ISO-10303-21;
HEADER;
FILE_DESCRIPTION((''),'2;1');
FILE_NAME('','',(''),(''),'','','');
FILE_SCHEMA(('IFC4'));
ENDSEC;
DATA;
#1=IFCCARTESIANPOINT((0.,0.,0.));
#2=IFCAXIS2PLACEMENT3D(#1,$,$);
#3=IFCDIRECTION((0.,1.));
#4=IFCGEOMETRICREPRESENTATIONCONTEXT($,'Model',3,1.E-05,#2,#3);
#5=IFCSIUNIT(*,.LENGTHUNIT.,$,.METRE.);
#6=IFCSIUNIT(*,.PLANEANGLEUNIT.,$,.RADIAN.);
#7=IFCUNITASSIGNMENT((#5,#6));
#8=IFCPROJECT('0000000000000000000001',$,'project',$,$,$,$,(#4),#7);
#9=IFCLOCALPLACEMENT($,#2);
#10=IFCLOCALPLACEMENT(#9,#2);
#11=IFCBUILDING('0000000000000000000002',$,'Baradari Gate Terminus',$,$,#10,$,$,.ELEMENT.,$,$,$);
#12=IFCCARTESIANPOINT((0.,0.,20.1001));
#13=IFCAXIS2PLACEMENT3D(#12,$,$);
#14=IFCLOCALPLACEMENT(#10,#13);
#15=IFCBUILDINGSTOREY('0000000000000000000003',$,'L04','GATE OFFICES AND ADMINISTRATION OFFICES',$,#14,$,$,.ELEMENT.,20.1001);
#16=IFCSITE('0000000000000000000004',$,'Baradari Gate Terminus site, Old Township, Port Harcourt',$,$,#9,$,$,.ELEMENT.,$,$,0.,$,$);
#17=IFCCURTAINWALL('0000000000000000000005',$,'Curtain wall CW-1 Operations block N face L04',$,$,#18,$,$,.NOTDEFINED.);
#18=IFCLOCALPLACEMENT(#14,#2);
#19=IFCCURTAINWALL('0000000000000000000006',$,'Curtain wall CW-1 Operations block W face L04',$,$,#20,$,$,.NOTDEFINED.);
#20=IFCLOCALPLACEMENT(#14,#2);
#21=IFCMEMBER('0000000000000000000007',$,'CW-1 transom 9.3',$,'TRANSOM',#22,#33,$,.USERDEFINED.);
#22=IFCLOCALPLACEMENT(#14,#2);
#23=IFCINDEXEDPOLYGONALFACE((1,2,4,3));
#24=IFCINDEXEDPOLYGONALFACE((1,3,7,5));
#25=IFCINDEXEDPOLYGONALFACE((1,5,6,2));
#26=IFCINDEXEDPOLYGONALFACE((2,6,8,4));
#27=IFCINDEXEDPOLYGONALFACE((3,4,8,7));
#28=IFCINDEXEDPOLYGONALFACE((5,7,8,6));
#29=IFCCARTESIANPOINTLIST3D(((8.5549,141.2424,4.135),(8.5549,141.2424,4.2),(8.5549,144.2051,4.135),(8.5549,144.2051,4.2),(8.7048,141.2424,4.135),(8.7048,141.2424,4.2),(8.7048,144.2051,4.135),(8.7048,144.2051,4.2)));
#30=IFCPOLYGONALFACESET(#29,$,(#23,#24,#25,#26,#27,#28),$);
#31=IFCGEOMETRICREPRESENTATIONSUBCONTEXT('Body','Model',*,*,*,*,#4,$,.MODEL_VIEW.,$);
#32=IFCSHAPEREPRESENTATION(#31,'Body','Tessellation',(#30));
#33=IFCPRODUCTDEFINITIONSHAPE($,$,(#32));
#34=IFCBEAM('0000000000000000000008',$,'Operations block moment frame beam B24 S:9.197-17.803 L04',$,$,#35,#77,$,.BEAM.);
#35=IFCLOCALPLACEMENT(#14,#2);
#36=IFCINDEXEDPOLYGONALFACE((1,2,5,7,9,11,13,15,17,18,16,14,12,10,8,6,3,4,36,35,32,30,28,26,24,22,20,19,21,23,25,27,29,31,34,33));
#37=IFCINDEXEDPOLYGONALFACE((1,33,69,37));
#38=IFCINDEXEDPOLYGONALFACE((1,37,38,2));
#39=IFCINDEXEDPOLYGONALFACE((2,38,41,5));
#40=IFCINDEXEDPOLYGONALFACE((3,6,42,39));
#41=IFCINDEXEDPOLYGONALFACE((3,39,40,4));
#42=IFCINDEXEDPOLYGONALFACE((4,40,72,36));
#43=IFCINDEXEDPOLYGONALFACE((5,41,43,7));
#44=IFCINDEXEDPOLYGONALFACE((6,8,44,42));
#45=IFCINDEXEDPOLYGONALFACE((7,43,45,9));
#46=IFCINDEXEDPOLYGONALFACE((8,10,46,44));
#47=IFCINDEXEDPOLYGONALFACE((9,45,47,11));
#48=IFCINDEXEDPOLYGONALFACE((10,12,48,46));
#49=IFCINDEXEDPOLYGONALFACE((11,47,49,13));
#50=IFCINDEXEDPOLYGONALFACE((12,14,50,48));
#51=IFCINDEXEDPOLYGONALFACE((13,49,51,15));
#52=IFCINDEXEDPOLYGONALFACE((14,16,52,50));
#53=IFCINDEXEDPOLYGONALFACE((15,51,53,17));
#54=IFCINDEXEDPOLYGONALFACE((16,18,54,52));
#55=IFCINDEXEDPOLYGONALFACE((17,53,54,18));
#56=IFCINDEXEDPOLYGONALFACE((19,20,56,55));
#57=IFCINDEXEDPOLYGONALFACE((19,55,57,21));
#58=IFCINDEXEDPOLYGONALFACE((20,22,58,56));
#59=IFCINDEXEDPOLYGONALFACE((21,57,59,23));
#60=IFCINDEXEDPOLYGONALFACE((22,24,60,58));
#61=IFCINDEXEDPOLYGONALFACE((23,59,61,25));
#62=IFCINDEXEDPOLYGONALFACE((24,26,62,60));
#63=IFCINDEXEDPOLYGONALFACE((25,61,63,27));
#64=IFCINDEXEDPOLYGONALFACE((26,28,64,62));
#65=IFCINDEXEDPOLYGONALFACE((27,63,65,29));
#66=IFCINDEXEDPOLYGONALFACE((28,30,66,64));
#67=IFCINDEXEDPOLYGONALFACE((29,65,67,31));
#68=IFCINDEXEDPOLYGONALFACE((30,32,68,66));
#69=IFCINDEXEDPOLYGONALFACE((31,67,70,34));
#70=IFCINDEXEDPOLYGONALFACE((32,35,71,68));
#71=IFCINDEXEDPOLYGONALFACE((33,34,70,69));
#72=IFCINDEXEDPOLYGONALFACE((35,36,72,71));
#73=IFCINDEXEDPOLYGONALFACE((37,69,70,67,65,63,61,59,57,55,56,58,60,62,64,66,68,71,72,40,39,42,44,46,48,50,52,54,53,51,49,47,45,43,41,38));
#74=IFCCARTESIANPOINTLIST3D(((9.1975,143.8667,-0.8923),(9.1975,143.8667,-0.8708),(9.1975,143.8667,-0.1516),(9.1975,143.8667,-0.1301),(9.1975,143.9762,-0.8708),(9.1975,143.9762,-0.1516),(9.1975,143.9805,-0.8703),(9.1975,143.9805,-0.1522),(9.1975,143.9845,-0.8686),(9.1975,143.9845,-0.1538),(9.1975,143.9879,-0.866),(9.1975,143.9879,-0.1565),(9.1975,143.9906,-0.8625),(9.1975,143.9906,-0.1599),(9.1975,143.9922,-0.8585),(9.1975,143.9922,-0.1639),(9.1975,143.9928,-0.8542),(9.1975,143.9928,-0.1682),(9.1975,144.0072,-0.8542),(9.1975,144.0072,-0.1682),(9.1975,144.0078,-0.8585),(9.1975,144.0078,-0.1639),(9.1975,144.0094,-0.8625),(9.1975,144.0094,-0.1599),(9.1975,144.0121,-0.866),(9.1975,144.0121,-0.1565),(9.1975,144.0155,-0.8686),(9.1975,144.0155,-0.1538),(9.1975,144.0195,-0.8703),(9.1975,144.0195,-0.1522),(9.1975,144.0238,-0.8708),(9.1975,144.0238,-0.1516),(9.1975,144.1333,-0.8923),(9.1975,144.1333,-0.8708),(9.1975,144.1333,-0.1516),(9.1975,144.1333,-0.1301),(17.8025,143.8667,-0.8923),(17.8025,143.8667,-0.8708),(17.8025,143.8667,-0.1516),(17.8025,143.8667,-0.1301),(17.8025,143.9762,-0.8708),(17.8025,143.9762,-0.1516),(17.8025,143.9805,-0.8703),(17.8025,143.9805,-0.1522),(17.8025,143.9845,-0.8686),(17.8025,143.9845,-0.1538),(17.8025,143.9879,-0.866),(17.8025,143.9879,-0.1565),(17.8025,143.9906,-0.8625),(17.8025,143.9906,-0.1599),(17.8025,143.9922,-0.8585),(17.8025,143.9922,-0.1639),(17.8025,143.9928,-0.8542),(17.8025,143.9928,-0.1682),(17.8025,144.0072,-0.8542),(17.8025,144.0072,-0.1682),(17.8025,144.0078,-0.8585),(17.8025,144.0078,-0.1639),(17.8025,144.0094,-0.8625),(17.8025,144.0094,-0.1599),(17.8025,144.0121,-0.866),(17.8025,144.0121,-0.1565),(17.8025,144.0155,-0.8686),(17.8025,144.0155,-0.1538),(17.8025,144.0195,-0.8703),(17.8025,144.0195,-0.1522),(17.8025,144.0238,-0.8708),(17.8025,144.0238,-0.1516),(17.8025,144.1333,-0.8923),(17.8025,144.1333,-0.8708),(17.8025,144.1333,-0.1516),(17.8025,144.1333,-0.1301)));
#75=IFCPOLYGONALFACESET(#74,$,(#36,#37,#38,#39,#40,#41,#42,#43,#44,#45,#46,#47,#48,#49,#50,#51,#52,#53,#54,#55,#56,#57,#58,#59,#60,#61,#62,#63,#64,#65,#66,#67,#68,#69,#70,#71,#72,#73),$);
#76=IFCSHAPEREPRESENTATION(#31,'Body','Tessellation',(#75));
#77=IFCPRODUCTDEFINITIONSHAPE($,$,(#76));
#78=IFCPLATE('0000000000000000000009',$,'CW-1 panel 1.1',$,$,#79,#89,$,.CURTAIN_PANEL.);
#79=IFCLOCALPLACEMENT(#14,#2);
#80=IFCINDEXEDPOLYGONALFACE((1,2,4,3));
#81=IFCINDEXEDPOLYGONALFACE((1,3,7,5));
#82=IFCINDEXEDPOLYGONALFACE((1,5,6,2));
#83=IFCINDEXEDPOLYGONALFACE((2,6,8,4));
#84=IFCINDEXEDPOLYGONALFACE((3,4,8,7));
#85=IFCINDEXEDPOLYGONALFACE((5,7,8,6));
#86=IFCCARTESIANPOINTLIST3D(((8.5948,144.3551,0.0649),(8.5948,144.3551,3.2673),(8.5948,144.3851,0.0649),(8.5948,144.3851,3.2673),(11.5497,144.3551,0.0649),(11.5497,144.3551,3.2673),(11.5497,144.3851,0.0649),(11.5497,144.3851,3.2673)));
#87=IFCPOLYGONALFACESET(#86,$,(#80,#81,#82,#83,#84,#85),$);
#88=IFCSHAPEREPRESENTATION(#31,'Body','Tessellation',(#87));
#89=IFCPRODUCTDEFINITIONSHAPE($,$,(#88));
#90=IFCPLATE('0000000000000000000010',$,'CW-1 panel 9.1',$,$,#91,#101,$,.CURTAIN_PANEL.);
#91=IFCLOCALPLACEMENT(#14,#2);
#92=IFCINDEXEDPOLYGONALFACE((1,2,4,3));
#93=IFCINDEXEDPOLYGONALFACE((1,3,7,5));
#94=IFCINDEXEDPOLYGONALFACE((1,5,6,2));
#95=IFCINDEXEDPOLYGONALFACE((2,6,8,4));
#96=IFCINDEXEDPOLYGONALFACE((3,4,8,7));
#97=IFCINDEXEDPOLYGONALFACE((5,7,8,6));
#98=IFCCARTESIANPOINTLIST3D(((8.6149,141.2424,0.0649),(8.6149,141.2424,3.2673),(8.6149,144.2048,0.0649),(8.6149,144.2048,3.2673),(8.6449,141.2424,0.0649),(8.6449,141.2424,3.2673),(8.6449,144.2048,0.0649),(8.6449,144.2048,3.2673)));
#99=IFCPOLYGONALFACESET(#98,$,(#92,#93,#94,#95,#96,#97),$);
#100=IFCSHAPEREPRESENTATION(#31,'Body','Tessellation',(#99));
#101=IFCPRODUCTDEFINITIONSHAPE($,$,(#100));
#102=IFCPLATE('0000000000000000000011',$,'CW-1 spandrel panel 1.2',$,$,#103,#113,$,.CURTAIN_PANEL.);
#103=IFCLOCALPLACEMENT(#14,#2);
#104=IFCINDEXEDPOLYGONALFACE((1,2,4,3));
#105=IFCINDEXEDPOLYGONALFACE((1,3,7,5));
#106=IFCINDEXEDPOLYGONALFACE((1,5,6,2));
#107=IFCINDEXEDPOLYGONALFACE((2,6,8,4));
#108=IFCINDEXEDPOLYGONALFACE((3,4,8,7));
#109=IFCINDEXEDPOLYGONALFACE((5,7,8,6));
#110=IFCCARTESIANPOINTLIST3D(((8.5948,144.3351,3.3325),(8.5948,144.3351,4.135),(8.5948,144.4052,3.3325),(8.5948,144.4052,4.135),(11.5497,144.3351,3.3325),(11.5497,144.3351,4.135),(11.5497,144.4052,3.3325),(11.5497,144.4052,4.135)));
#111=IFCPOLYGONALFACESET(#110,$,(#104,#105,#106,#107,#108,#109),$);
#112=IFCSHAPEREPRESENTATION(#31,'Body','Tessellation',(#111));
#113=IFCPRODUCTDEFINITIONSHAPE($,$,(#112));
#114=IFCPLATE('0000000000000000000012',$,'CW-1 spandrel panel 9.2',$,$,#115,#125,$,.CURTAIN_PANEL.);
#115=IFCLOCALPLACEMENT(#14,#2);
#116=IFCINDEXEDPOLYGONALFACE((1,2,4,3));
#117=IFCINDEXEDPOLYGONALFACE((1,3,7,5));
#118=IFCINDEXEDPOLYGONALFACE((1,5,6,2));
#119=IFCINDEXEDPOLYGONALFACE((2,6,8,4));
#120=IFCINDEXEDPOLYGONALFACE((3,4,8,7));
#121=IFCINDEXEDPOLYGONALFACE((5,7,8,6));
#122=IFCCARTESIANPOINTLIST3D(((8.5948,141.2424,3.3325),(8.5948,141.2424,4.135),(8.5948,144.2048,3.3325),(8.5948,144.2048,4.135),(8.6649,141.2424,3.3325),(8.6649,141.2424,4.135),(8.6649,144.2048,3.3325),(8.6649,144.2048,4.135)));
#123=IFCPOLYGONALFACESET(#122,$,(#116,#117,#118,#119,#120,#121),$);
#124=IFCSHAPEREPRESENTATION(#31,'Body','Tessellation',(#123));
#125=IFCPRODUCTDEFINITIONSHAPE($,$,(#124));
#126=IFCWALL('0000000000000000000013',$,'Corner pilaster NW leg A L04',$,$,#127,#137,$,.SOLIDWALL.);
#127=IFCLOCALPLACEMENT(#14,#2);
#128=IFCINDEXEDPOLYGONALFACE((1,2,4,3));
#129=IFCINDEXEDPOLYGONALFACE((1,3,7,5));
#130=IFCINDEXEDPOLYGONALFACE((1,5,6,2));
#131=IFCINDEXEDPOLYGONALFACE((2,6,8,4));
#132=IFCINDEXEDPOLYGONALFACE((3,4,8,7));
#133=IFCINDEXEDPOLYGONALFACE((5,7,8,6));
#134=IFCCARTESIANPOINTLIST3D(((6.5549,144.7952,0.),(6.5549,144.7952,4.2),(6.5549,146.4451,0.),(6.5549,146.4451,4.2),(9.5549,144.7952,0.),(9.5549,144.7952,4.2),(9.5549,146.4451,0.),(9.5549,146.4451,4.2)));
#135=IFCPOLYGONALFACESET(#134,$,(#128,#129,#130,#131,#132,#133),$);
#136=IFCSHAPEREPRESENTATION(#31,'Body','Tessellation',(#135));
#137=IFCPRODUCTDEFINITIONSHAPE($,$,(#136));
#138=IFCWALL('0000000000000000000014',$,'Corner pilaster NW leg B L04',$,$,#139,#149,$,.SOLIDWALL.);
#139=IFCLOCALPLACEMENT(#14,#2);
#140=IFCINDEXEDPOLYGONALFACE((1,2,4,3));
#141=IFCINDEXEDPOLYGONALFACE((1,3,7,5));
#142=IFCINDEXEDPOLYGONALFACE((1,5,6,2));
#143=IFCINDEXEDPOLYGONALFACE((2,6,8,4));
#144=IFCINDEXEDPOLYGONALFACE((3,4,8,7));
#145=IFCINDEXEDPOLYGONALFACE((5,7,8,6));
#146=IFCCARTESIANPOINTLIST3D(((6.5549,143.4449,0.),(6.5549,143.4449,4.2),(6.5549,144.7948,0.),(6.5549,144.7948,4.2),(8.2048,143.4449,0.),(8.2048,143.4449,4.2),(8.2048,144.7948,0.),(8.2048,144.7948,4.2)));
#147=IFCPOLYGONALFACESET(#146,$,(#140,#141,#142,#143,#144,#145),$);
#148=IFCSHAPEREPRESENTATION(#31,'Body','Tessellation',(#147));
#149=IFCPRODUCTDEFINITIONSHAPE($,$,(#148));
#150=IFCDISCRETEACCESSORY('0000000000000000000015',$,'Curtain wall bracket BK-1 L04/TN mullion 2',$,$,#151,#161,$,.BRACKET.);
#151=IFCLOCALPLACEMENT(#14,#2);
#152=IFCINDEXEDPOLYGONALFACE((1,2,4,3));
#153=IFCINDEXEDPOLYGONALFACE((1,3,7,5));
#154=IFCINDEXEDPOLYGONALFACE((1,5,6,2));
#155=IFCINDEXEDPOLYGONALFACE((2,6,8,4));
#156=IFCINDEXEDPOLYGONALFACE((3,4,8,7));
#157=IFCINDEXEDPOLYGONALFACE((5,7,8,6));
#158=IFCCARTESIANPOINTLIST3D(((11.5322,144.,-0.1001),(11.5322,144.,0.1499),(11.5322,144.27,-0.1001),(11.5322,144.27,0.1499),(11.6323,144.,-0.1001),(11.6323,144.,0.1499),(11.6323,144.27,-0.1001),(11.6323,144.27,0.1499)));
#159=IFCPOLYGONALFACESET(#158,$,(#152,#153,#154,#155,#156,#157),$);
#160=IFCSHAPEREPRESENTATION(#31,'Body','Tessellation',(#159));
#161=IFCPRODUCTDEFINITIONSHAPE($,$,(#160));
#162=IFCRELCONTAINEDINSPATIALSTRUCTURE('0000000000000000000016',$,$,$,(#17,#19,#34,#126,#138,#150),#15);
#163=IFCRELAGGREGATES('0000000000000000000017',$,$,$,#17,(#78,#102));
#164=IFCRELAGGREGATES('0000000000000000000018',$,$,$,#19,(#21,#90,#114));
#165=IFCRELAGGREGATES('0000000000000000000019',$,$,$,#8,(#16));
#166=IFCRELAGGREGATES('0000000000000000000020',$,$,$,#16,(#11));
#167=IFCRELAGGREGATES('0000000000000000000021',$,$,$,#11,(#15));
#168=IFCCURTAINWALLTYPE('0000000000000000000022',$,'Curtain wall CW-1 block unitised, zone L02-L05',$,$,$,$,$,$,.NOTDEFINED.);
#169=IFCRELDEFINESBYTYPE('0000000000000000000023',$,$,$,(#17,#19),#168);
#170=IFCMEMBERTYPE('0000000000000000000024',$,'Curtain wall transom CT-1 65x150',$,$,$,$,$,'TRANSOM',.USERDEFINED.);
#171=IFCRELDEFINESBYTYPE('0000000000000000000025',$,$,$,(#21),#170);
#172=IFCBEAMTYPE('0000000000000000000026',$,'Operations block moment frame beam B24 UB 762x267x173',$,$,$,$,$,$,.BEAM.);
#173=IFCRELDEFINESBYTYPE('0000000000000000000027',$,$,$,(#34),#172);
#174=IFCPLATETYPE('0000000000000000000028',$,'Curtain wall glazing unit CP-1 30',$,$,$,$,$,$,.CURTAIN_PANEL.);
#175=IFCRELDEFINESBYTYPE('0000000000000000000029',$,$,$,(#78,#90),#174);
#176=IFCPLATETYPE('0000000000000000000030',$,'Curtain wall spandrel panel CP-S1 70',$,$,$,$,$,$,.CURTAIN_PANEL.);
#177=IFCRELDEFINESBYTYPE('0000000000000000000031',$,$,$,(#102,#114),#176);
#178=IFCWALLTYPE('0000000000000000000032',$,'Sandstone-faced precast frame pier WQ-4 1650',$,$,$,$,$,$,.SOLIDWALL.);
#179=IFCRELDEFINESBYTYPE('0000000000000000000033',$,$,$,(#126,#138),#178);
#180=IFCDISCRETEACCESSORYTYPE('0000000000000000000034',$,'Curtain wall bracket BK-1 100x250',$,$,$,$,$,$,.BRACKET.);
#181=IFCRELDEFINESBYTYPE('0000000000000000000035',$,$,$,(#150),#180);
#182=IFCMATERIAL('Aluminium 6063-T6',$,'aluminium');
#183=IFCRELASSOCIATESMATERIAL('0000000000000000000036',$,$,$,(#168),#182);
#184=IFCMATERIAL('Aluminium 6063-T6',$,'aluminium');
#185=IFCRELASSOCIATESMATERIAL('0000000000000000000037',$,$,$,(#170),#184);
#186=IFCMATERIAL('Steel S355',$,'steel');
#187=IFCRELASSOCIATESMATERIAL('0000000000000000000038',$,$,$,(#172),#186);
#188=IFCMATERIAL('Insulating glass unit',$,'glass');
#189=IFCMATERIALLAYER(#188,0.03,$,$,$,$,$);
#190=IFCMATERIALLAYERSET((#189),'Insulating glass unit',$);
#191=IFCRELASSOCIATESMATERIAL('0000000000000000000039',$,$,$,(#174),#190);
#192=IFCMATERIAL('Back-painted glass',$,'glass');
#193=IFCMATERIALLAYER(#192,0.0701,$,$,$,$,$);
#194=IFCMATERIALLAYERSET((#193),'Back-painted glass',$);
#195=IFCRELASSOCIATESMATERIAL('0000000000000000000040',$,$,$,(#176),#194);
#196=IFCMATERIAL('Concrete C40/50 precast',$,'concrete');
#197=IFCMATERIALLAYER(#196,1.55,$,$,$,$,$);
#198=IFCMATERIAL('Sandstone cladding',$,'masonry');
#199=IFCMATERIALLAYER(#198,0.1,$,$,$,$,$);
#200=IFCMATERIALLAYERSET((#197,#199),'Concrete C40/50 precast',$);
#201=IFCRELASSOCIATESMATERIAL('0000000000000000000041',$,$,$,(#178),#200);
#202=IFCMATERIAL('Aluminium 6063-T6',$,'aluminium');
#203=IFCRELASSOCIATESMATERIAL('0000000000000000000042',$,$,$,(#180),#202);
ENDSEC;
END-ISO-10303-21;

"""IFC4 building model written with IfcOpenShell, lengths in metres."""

from ifc_helpers import new_model, si_unit, direction, frame, frame_2d, origin, origin_2d, place, context, subcontext, project, spatial, rectangle, i_section, extrude, material, layer, layer_set, material_profile, profile_set, type_object, element, aggregate, save


model = new_model("IFC4")

# Units and contexts
model_context = context("Model", 3, precision=1e-05, world=origin(), true_north=direction((0.0, 1.0)))
body_context = subcontext(model_context, "Body", "Model", "MODEL_VIEW")
ifc_project = project(units=[si_unit("LENGTHUNIT", "METRE"), si_unit("PLANEANGLEUNIT", "RADIAN")], contexts=[model_context])

# Site, building, storey
site_placement = place(None, origin())
site = spatial("IfcSite", under=ifc_project, at=site_placement, Name="Baradari Gate Terminus site, Old Township, Port Harcourt", CompositionType="ELEMENT", RefElevation=0.0)
building_placement = place(site_placement, origin())
building = spatial("IfcBuilding", under=site, at=building_placement, Name="Baradari Gate Terminus", CompositionType="ELEMENT")
storey_placement = place(building_placement, frame((0.0, 0.0, 20.1001)))
storey = spatial("IfcBuildingStorey", under=building, at=storey_placement, Name="L04", Description="GATE OFFICES AND ADMINISTRATION OFFICES", CompositionType="ELEMENT", Elevation=20.1001)

# Curtain wall
ifc_material_1 = material(Name="Aluminium 6063-T6", Category="aluminium")
curtain_wall_type = type_object("IfcCurtainWallType", Name="Curtain wall CW-1 block unitised, zone L02-L05", PredefinedType="NOTDEFINED", material=ifc_material_1)
curtain_wall_1_placement = place(storey_placement, origin())
curtain_wall_1 = element("IfcCurtainWall", 1, at=curtain_wall_1_placement, inside=storey, type_object=curtain_wall_type, Name="Curtain wall CW-1 Operations block N face L04", PredefinedType="NOTDEFINED")

# Curtain wall
curtain_wall_2_placement = place(storey_placement, origin())
curtain_wall_2 = element("IfcCurtainWall", 2, at=curtain_wall_2_placement, inside=storey, type_object=curtain_wall_type, Name="Curtain wall CW-1 Operations block W face L04", PredefinedType="NOTDEFINED")

# Member
ifc_material_2 = material(Name="Aluminium 6063-T6", Category="aluminium")
ifc_material_profile_1 = material_profile(ifc_material_2, rectangle(XDim=0.1499, YDim=0.0649, at=origin_2d()), Name="CT-1 65X150")
ifc_profile_set_1 = profile_set([ifc_material_profile_1], Name="Aluminium 6063-T6")
member_type_1 = type_object("IfcMemberType", Name="Curtain wall transom CT-1 65x150", ElementType="TRANSOM", PredefinedType="USERDEFINED", material=ifc_profile_set_1)
member_1_placement = place(storey_placement, frame((8.6299, 141.2424, 4.1675), z_axis=(0.0, 1.0, 0.0), x_axis=(-1.0, 0.0, 0.0)))
member_1 = element("IfcMember", 3, at=member_1_placement, type_object=member_type_1, Name="CW-1 transom 9.3", ObjectType="TRANSOM", PredefinedType="USERDEFINED", context=body_context, shape_type="SweptSolid", body=[
    extrude(rectangle(XDim=0.1499, YDim=0.0649, at=origin_2d()), origin(), (0.0, 0.0, 1.0), 2.9626),
])

# Beam
ifc_material_3 = material(Name="Steel S355", Category="steel")
ifc_material_profile_2 = material_profile(ifc_material_3, i_section(OverallWidth=0.2666, OverallDepth=0.7622, WebThickness=0.0144, FlangeThickness=0.0215, FilletRadius=0.0166, at=origin_2d()), Name="UB 762x267x173")
ifc_profile_set_2 = profile_set([ifc_material_profile_2], Name="Steel S355")
beam_type = type_object("IfcBeamType", Name="Operations block moment frame beam B24 UB 762x267x173", PredefinedType="BEAM", material=ifc_profile_set_2)
beam_placement = place(storey_placement, frame((9.1975, 144.0, -0.5112), z_axis=(1.0, 0.0, 0.0), x_axis=(0.0, 1.0, 0.0)))
element("IfcBeam", 4, at=beam_placement, inside=storey, type_object=beam_type, Name="Operations block moment frame beam B24 S:9.197-17.803 L04", PredefinedType="BEAM", context=body_context, shape_type="SweptSolid", body=[
    extrude(i_section(OverallWidth=0.2666, OverallDepth=0.7622, WebThickness=0.0144, FlangeThickness=0.0215, FilletRadius=0.0166, at=origin_2d()), origin(), (0.0, 0.0, 1.0), 8.605),
])

# Plates
ifc_material_4 = material(Name="Insulating glass unit", Category="glass")
ifc_layer_1 = layer(ifc_material_4, 0.03)
ifc_layer_set_1 = layer_set([ifc_layer_1], Name="Insulating glass unit")
plate_type_1 = type_object("IfcPlateType", Name="Curtain wall glazing unit CP-1 30", PredefinedType="CURTAIN_PANEL", material=ifc_layer_set_1)
plate_1_placement = place(storey_placement, frame((10.0723, 144.3701, 0.0649), z_axis=(0.0, 0.0, 1.0), x_axis=(1.0, 0.0, 0.0)))
plate_1 = element("IfcPlate", 5, at=plate_1_placement, type_object=plate_type_1, Name="CW-1 panel 1.1", PredefinedType="CURTAIN_PANEL", context=body_context, shape_type="SweptSolid", body=[
    extrude(rectangle(XDim=2.9548, YDim=0.03, at=origin_2d()), origin(), (0.0, 0.0, 1.0), 3.2024),
])
plate_2_placement = place(storey_placement, frame((8.6299, 142.7236, 0.0649), z_axis=(0.0, 0.0, 1.0), x_axis=(0.0, 1.0, 0.0)))
plate_2 = element("IfcPlate", 6, at=plate_2_placement, type_object=plate_type_1, Name="CW-1 panel 9.1", PredefinedType="CURTAIN_PANEL", context=body_context, shape_type="SweptSolid", body=[
    extrude(rectangle(XDim=2.9624, YDim=0.03, at=origin_2d()), origin(), (0.0, 0.0, 1.0), 3.2024),
])
ifc_material_5 = material(Name="Back-painted glass", Category="glass")
ifc_layer_2 = layer(ifc_material_5, 0.0701)
ifc_layer_set_2 = layer_set([ifc_layer_2], Name="Back-painted glass")
plate_type_2 = type_object("IfcPlateType", Name="Curtain wall spandrel panel CP-S1 70", PredefinedType="CURTAIN_PANEL", material=ifc_layer_set_2)
plate_3_placement = place(storey_placement, frame((10.0723, 144.3701, 3.3325), z_axis=(0.0, 0.0, 1.0), x_axis=(1.0, 0.0, 0.0)))
plate_3 = element("IfcPlate", 7, at=plate_3_placement, type_object=plate_type_2, Name="CW-1 spandrel panel 1.2", PredefinedType="CURTAIN_PANEL", context=body_context, shape_type="SweptSolid", body=[
    extrude(rectangle(XDim=2.9548, YDim=0.0701, at=origin_2d()), origin(), (0.0, 0.0, 1.0), 0.8025),
])
aggregate(curtain_wall_1, [plate_1, plate_3])
plate_4_placement = place(storey_placement, frame((8.6299, 142.7236, 3.3325), z_axis=(0.0, 0.0, 1.0), x_axis=(0.0, 1.0, 0.0)))
plate_4 = element("IfcPlate", 8, at=plate_4_placement, type_object=plate_type_2, Name="CW-1 spandrel panel 9.2", PredefinedType="CURTAIN_PANEL", context=body_context, shape_type="SweptSolid", body=[
    extrude(rectangle(XDim=2.9624, YDim=0.0701, at=origin_2d()), origin(), (0.0, 0.0, 1.0), 0.8025),
])
aggregate(curtain_wall_2, [member_1, plate_2, plate_4])

# Walls
ifc_material_6 = material(Name="Concrete C40/50 precast", Category="concrete")
ifc_layer_3 = layer(ifc_material_6, 1.55)
ifc_material_7 = material(Name="Sandstone cladding", Category="masonry")
ifc_layer_4 = layer(ifc_material_7, 0.1)
ifc_layer_set_3 = layer_set([ifc_layer_3, ifc_layer_4], Name="Concrete C40/50 precast")
wall_type = type_object("IfcWallType", Name="Sandstone-faced precast frame pier WQ-4 1650", PredefinedType="SOLIDWALL", material=ifc_layer_set_3)
wall_1_placement = place(storey_placement, frame((6.5549, 145.6201, 0.0), z_axis=(0.0, 0.0, 1.0), x_axis=(1.0, 0.0, 0.0)))
element("IfcWall", 9, at=wall_1_placement, inside=storey, type_object=wall_type, Name="Corner pilaster NW leg A L04", PredefinedType="SOLIDWALL", context=body_context, shape_type="SweptSolid", body=[
    extrude(rectangle(XDim=3.0, YDim=1.6499, at=frame_2d((1.5, 0.0))), origin(), (0.0, 0.0, 1.0), 4.2),
])
wall_2_placement = place(storey_placement, frame((7.3799, 143.4451, 0.0), z_axis=(0.0, 0.0, 1.0), x_axis=(0.0, 1.0, 0.0)))
element("IfcWall", 10, at=wall_2_placement, inside=storey, type_object=wall_type, Name="Corner pilaster NW leg B L04", PredefinedType="SOLIDWALL", context=body_context, shape_type="SweptSolid", body=[
    extrude(rectangle(XDim=1.3499, YDim=1.6499, at=frame_2d((0.6748, 0.0))), origin(), (0.0, 0.0, 1.0), 4.2),
])

# Discrete accessory
ifc_material_8 = material(Name="Aluminium 6063-T6", Category="aluminium")
discrete_accessory_type = type_object("IfcDiscreteAccessoryType", Name="Curtain wall bracket BK-1 100x250", PredefinedType="BRACKET", material=ifc_material_8)
discrete_accessory_placement = place(storey_placement, frame((11.5823, 144.135, -0.1001), z_axis=(0.0, 0.0, 1.0), x_axis=(0.0, 1.0, 0.0)))
element("IfcDiscreteAccessory", 11, at=discrete_accessory_placement, inside=storey, type_object=discrete_accessory_type, Name="Curtain wall bracket BK-1 L04/TN mullion 2", PredefinedType="BRACKET", context=body_context, shape_type="SweptSolid", body=[
    extrude(rectangle(XDim=0.27, YDim=0.1001, at=origin_2d()), origin(), (0.0, 0.0, 1.0), 0.25),
])

save(model, "model.ifc")
